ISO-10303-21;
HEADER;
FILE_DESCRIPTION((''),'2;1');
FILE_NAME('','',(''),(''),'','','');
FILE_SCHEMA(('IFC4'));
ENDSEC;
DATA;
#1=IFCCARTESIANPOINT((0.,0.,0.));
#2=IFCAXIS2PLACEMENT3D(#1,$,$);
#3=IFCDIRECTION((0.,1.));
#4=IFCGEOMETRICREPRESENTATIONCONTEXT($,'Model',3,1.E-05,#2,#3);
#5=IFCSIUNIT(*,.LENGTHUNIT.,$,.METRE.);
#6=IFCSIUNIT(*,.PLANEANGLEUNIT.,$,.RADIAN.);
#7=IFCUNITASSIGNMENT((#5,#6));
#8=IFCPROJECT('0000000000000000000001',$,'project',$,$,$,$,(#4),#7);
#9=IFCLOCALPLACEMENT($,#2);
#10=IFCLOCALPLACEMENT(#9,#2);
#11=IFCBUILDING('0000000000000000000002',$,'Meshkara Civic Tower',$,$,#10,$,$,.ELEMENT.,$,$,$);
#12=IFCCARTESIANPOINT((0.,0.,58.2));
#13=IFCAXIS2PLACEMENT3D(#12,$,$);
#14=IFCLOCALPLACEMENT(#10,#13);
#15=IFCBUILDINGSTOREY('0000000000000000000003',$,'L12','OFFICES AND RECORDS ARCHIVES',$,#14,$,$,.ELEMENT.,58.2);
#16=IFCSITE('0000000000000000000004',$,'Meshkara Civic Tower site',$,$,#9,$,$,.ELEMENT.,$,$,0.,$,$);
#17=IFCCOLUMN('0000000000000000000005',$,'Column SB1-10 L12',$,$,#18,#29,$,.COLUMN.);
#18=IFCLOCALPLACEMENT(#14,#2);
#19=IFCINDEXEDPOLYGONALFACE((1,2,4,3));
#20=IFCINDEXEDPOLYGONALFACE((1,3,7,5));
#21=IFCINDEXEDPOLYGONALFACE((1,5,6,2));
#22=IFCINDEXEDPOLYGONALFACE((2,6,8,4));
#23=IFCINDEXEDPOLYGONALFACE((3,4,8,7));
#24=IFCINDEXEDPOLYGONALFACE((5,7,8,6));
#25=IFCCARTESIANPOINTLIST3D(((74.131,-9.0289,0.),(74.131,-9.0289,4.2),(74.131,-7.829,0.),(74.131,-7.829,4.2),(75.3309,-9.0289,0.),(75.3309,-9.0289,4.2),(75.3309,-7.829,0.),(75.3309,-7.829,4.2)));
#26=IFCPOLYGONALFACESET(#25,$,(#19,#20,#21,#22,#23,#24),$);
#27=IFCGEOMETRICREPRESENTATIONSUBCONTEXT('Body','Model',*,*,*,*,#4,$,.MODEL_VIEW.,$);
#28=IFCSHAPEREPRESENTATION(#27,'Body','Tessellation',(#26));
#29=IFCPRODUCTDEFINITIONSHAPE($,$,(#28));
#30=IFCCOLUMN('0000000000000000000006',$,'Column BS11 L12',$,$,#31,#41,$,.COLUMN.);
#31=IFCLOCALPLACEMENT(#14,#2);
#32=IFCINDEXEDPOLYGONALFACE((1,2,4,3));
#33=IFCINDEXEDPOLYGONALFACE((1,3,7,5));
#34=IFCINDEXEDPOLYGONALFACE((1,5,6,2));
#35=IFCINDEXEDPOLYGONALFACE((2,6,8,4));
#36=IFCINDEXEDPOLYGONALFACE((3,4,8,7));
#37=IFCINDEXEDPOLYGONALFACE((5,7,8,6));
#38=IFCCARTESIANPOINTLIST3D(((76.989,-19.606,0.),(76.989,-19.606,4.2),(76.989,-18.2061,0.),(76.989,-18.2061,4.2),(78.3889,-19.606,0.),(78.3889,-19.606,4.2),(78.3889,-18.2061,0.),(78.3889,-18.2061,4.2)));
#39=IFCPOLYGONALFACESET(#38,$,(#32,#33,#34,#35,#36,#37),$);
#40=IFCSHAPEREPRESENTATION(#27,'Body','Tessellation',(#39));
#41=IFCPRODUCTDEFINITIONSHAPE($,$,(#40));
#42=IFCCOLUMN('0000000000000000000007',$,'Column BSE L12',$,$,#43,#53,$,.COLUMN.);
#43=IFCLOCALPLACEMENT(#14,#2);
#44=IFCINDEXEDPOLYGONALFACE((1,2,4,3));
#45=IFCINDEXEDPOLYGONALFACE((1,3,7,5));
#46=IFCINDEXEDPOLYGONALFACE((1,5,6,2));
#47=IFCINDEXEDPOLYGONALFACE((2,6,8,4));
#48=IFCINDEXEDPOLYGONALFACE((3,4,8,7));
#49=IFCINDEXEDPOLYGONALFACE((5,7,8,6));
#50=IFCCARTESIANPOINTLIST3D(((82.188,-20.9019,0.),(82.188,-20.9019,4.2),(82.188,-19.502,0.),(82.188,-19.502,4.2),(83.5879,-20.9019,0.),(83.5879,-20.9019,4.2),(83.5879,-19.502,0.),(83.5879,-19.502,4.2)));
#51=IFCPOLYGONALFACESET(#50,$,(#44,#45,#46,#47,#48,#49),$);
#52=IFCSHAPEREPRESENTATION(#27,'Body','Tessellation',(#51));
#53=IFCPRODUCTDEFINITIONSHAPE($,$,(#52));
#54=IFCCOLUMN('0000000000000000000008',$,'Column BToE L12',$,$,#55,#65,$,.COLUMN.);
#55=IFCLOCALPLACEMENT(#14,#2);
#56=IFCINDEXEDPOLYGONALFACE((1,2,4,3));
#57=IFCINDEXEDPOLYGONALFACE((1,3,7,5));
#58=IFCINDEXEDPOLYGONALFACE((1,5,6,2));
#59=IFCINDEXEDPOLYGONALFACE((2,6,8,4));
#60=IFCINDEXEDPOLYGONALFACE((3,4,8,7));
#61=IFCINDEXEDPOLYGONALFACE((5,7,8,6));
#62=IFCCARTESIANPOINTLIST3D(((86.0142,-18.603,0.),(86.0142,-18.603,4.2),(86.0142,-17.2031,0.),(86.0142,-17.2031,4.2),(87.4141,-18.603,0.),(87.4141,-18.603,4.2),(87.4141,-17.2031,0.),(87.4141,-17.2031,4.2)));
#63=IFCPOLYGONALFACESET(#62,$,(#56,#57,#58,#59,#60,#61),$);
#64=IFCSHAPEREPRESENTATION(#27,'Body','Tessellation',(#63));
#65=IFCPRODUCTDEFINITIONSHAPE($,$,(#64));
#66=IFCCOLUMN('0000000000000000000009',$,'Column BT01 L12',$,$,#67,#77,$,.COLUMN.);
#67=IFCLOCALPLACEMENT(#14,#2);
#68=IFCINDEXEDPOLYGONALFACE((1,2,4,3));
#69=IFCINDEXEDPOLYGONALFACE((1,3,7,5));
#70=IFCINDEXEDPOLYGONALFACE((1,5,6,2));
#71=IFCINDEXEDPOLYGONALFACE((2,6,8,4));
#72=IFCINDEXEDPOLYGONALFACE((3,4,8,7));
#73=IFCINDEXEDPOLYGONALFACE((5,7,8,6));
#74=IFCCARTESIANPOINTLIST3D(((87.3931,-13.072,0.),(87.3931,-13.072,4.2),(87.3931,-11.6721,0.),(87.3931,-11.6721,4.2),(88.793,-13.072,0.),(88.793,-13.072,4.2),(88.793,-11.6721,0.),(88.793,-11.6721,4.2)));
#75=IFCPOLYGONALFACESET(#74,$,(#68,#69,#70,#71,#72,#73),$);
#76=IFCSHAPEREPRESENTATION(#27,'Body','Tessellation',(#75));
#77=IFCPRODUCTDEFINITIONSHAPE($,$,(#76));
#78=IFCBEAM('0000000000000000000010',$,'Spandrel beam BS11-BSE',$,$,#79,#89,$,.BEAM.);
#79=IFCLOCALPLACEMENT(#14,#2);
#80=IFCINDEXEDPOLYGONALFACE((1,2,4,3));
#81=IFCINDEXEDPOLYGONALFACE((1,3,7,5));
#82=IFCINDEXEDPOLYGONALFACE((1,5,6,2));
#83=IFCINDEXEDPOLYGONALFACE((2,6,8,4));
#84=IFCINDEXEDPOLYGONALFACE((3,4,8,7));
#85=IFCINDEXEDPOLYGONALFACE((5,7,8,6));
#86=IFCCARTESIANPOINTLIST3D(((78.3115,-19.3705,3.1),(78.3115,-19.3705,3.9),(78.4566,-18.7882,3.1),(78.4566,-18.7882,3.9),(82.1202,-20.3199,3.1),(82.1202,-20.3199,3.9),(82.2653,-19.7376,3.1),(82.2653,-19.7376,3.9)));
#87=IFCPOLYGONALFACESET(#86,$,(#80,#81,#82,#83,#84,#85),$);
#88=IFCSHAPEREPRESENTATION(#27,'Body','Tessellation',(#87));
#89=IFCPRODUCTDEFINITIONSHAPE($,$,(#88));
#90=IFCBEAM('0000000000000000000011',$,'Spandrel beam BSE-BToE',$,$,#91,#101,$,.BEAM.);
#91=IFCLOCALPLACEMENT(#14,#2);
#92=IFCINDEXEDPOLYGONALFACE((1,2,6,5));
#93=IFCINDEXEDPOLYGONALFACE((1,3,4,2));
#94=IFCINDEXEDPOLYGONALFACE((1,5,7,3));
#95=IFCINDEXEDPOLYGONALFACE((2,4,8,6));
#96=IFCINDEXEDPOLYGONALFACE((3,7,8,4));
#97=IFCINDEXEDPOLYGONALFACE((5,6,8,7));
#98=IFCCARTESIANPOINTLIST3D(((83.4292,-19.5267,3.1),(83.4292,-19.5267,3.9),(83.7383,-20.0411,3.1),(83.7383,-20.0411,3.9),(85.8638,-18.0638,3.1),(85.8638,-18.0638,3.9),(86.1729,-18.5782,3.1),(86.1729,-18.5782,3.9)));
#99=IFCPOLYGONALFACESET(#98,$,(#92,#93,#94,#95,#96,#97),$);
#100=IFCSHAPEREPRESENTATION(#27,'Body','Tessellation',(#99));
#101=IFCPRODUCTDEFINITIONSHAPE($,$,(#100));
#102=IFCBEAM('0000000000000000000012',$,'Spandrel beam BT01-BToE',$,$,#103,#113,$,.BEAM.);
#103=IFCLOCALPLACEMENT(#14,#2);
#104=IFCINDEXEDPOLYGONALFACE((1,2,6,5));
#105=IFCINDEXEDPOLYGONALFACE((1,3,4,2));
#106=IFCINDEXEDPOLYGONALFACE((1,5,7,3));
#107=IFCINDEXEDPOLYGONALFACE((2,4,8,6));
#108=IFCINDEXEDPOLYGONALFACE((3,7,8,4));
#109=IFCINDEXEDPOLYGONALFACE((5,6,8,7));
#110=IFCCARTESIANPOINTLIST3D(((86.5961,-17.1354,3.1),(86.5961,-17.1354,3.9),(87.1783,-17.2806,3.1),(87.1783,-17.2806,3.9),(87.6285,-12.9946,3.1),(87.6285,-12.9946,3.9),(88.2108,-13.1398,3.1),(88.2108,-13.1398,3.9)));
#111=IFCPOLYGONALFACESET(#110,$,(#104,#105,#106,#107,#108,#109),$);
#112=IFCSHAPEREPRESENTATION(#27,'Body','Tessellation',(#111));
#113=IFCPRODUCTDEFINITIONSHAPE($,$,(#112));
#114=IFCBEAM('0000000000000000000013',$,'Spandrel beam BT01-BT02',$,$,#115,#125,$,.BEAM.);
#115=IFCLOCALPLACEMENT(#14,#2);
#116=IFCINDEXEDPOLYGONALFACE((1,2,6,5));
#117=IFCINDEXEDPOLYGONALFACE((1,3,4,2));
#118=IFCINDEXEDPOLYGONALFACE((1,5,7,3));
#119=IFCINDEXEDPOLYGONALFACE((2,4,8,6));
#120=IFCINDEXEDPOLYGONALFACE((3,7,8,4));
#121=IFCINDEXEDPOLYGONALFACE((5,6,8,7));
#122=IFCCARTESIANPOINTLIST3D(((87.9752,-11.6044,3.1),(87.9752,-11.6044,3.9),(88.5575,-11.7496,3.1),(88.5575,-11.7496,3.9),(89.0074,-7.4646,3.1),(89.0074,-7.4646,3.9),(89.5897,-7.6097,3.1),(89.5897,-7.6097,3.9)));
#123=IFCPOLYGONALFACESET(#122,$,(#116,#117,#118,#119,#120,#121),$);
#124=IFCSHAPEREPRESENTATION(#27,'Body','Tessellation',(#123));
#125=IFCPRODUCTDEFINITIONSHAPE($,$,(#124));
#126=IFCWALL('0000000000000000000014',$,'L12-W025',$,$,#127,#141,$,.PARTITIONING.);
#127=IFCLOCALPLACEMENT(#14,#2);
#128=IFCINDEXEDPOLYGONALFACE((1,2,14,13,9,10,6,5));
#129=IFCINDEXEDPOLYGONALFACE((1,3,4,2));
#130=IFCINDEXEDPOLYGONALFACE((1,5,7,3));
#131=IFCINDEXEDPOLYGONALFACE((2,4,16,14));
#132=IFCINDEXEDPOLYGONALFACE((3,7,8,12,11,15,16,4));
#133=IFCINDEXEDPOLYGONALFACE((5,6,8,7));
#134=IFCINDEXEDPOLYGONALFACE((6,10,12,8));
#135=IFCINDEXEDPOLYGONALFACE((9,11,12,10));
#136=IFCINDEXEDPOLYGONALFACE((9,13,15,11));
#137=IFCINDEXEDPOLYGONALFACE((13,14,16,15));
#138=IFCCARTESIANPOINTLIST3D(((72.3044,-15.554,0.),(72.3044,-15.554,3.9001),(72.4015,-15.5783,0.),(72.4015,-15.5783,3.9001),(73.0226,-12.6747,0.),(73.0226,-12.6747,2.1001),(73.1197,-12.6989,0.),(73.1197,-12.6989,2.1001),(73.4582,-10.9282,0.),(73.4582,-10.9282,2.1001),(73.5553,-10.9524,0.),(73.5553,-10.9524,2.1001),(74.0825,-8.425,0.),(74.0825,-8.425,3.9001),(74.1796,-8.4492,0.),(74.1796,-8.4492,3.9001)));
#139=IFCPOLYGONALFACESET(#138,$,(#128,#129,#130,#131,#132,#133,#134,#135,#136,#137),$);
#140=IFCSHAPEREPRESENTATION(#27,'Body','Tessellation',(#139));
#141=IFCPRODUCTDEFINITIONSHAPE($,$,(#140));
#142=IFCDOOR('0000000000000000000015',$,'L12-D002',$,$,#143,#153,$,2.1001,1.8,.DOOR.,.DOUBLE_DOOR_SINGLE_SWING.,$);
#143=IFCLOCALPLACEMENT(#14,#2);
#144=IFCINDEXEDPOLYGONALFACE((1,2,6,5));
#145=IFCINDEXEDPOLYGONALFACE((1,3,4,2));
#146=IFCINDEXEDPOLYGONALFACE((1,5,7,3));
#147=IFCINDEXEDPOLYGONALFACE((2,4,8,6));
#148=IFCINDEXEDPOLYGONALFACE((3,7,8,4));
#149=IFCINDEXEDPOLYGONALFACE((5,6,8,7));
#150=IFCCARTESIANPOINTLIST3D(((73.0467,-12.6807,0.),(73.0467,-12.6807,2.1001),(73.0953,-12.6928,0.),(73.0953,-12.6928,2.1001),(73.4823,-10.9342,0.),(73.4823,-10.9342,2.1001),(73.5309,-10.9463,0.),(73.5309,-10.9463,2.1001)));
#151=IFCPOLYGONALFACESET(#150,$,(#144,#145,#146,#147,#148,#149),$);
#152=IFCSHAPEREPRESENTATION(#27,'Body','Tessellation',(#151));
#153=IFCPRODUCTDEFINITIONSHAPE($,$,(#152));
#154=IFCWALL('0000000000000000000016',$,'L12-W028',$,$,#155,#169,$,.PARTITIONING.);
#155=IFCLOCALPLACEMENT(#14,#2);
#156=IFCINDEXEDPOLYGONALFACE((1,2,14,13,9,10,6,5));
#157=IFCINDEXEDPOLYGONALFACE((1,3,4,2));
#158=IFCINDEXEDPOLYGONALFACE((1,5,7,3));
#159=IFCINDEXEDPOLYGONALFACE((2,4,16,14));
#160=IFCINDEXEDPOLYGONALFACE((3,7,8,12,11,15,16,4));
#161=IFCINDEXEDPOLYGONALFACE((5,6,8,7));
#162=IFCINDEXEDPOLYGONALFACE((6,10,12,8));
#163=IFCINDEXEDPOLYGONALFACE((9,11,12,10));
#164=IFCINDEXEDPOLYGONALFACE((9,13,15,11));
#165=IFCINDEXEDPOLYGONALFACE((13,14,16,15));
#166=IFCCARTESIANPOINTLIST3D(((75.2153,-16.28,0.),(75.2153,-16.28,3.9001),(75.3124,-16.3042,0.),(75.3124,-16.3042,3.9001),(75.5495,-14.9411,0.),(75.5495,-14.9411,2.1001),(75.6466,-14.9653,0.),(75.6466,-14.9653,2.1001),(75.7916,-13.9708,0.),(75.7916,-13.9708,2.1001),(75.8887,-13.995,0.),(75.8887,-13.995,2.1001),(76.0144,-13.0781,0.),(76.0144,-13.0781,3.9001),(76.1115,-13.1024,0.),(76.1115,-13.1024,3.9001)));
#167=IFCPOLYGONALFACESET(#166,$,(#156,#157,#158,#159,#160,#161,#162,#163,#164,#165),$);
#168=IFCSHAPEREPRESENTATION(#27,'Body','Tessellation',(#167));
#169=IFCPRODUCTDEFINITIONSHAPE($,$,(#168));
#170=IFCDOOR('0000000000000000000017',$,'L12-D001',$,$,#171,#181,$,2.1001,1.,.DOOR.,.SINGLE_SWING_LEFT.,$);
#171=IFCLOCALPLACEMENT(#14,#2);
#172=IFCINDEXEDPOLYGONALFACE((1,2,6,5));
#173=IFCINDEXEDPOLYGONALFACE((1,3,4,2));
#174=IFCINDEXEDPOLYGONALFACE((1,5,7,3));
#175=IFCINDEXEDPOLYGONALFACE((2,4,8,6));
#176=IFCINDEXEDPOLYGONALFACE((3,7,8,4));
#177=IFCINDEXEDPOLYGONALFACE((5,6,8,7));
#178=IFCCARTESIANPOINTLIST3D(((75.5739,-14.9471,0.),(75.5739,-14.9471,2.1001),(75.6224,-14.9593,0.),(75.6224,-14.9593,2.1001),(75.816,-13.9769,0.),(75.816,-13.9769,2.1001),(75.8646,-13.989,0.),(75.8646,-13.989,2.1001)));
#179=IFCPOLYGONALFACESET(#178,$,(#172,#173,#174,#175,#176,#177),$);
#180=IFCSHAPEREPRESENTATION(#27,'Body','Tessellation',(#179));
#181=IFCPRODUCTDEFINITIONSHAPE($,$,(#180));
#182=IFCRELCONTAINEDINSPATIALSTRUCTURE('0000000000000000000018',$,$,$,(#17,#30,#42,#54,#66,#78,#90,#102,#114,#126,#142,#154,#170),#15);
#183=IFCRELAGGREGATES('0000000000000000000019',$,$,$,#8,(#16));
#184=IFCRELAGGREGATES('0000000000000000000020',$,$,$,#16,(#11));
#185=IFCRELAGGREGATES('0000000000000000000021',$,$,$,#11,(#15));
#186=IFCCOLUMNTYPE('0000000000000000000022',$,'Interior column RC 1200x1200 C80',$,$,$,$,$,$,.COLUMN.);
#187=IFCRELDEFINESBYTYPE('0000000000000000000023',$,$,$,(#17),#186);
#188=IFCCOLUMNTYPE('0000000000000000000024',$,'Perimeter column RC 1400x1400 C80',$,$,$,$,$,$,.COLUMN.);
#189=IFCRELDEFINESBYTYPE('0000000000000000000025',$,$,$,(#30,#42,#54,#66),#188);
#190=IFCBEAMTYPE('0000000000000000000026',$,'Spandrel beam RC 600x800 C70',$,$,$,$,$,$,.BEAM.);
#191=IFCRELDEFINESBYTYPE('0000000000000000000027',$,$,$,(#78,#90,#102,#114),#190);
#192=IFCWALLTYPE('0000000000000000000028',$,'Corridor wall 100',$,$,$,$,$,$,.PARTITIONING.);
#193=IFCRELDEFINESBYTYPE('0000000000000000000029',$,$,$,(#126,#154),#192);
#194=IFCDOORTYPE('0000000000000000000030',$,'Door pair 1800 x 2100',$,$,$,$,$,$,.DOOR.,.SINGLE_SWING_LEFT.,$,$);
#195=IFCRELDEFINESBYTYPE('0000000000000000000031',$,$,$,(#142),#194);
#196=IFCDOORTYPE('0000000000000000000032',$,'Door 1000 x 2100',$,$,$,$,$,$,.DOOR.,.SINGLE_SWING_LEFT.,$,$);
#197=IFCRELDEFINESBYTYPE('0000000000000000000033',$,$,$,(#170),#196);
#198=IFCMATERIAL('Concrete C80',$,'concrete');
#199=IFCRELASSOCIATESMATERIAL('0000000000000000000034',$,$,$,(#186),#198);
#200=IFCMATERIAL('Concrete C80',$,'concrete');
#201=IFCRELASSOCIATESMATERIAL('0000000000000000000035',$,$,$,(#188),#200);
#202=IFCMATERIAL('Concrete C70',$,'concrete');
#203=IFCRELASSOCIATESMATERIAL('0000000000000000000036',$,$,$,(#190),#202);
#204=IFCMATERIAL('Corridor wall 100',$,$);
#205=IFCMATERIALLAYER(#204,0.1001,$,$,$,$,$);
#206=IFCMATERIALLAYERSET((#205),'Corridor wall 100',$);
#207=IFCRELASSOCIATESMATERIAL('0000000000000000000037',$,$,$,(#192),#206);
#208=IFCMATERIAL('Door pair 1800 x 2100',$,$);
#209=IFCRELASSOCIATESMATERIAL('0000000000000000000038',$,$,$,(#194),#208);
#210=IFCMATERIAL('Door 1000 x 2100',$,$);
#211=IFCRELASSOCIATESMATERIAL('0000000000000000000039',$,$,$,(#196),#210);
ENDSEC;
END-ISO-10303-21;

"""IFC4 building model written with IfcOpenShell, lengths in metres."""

from ifc_helpers import new_model, si_unit, direction, frame, frame_2d, origin, origin_2d, place, context, subcontext, project, spatial, rectangle, extrude, material, layer, layer_set, material_profile, profile_set, type_object, element, fill, save


model = new_model("IFC4")

# Units and contexts
model_context = context("Model", 3, precision=1e-05, world=origin(), true_north=direction((0.0, 1.0)))
body_context = subcontext(model_context, "Body", "Model", "MODEL_VIEW")
ifc_project = project(units=[si_unit("LENGTHUNIT", "METRE"), si_unit("PLANEANGLEUNIT", "RADIAN")], contexts=[model_context])

# Site, building, storey
site_placement = place(None, origin())
site = spatial("IfcSite", under=ifc_project, at=site_placement, Name="Meshkara Civic Tower site", CompositionType="ELEMENT", RefElevation=0.0)
building_placement = place(site_placement, origin())
building = spatial("IfcBuilding", under=site, at=building_placement, Name="Meshkara Civic Tower", CompositionType="ELEMENT")
storey_placement = place(building_placement, frame((0.0, 0.0, 58.2)))
storey = spatial("IfcBuildingStorey", under=building, at=storey_placement, Name="L12", Description="OFFICES AND RECORDS ARCHIVES", CompositionType="ELEMENT", Elevation=58.2)

# Columns
ifc_material_1 = material(Name="Concrete C80", Category="concrete")
ifc_material_profile_1 = material_profile(ifc_material_1, rectangle(XDim=1.2, YDim=1.2, at=origin_2d()))
ifc_profile_set_1 = profile_set([ifc_material_profile_1], Name="Concrete C80")
column_type_1 = type_object("IfcColumnType", Name="Interior column RC 1200x1200 C80", PredefinedType="COLUMN", material=ifc_profile_set_1)
column_placement = place(storey_placement, frame((74.731, -8.429, 0.0), z_axis=(0.0, 0.0, 1.0), x_axis=(1.0, 0.0, 0.0)))
element("IfcColumn", 1, at=column_placement, inside=storey, type_object=column_type_1, Name="Column SB1-10 L12", PredefinedType="COLUMN", context=body_context, shape_type="SweptSolid", body=[
    extrude(rectangle(XDim=1.2, YDim=1.2, at=origin_2d()), origin(), (0.0, 0.0, 1.0), 4.2),
])
ifc_material_2 = material(Name="Concrete C80", Category="concrete")
ifc_material_profile_2 = material_profile(ifc_material_2, rectangle(XDim=1.3999, YDim=1.3999, at=origin_2d()))
ifc_profile_set_2 = profile_set([ifc_material_profile_2], Name="Concrete C80")
column_type_2 = type_object("IfcColumnType", Name="Perimeter column RC 1400x1400 C80", PredefinedType="COLUMN", material=ifc_profile_set_2)
for number, where, z_axis, x_axis, name in (
    (2, (77.689, -18.906, 0.0), (0.0, 0.0, 1.0), (1.0, 0.0, 0.0), "Column BS11 L12"),
    (3, (82.8879, -20.2019, 0.0), (0.0, 0.0, 1.0), (1.0, 0.0, 0.0), "Column BSE L12"),
    (4, (86.7141, -17.9031, 0.0), (0.0, 0.0, 1.0), (1.0, 0.0, 0.0), "Column BToE L12"),
    (5, (88.093, -12.3721, 0.0), (0.0, 0.0, 1.0), (1.0, 0.0, 0.0), "Column BT01 L12"),
):
    element("IfcColumn", number, at=place(storey_placement, frame(where, z_axis=z_axis, x_axis=x_axis)), inside=storey, type_object=column_type_2, Name=name, PredefinedType="COLUMN", context=body_context, shape_type="SweptSolid", body=[
        extrude(rectangle(XDim=1.3999, YDim=1.3999, at=origin_2d()), origin(), (0.0, 0.0, 1.0), 4.2),
    ])

# Beams
ifc_material_3 = material(Name="Concrete C70", Category="concrete")
ifc_material_profile_3 = material_profile(ifc_material_3, rectangle(XDim=0.6001, YDim=0.8, at=origin_2d()))
ifc_profile_set_3 = profile_set([ifc_material_profile_3], Name="Concrete C70")
beam_type = type_object("IfcBeamType", Name="Spandrel beam RC 600x800 C70", PredefinedType="BEAM", material=ifc_profile_set_3)
beam_1_placement = place(storey_placement, frame((78.384, -19.0793, 3.5), z_axis=(0.970307, -0.241877, 0.0), x_axis=(0.241877, 0.970307, 0.0)))
element("IfcBeam", 6, at=beam_1_placement, inside=storey, type_object=beam_type, Name="Spandrel beam BS11-BSE", PredefinedType="BEAM", context=body_context, shape_type="SweptSolid", body=[
    extrude(rectangle(XDim=0.6001, YDim=0.8, at=origin_2d()), origin(), (0.0, 0.0, 1.0), 3.9253),
])
beam_2_placement = place(storey_placement, frame((83.5837, -19.7839, 3.5), z_axis=(0.857159, 0.515052, 0.0), x_axis=(-0.515052, 0.857159, 0.0)))
element("IfcBeam", 7, at=beam_2_placement, inside=storey, type_object=beam_type, Name="Spandrel beam BSE-BToE", PredefinedType="BEAM", context=body_context, shape_type="SweptSolid", body=[
    extrude(rectangle(XDim=0.6001, YDim=0.8, at=origin_2d()), origin(), (0.0, 0.0, 1.0), 2.8403),
])
beam_3_placement = place(storey_placement, frame((86.8872, -17.208, 3.5), z_axis=(0.24193, 0.970294, 0.0), x_axis=(-0.970294, 0.24193, 0.0)))
element("IfcBeam", 8, at=beam_3_placement, inside=storey, type_object=beam_type, Name="Spandrel beam BT01-BToE", PredefinedType="BEAM", context=body_context, shape_type="SweptSolid", body=[
    extrude(rectangle(XDim=0.6001, YDim=0.8, at=origin_2d()), origin(), (0.0, 0.0, 1.0), 4.2676),
])
beam_4_placement = place(storey_placement, frame((88.2664, -11.677, 3.5), z_axis=(0.24193, 0.970294, 0.0), x_axis=(-0.970294, 0.24193, 0.0)))
element("IfcBeam", 9, at=beam_4_placement, inside=storey, type_object=beam_type, Name="Spandrel beam BT01-BT02", PredefinedType="BEAM", context=body_context, shape_type="SweptSolid", body=[
    extrude(rectangle(XDim=0.6001, YDim=0.8, at=origin_2d()), origin(), (0.0, 0.0, 1.0), 4.2666),
])

# Walls, openings, doors
ifc_material_4 = material(Name="Corridor wall 100")
ifc_layer_1 = layer(ifc_material_4, 0.1001)
ifc_layer_set_1 = layer_set([ifc_layer_1], Name="Corridor wall 100")
wall_type_1 = type_object("IfcWallType", Name="Corridor wall 100", PredefinedType="PARTITIONING", material=ifc_layer_set_1)
wall_1_placement = place(storey_placement, frame((74.1311, -8.437, 0.0), z_axis=(0.0, 0.0, 1.0), x_axis=(-0.242004, -0.970275, 0.0)))
wall_1 = element("IfcWall", 10, at=wall_1_placement, inside=storey, type_object=wall_type_1, Name="L12-W025", PredefinedType="PARTITIONING", context=body_context, shape_type="SweptSolid", body=[
    extrude(rectangle(XDim=7.3474, YDim=0.1001, at=frame_2d((3.6738, 0.0))), origin(), (0.0, 0.0, 1.0), 3.9001),
])
opening_1_placement = place(wall_1_placement, frame((2.5801, 0.0, 0.0)))
opening_1 = element("IfcOpeningElement", 11, at=opening_1_placement, cuts=wall_1, PredefinedType="OPENING", context=body_context, shape_type="SweptSolid", body=[
    extrude(rectangle(XDim=1.8, YDim=2.1001, at=frame_2d((0.8999, 1.05))), frame((0.0, 0.0601, 0.0), z_axis=(0.0, -1.0, 0.0), x_axis=(1.0, 0.0, 0.0)), (0.0, 0.0, 1.0), 0.1201),
])
ifc_material_5 = material(Name="Door pair 1800 x 2100")
door_type_1 = type_object("IfcDoorType", Name="Door pair 1800 x 2100", OperationType="SINGLE_SWING_LEFT", PredefinedType="DOOR", material=ifc_material_5)
door_1_placement = place(opening_1_placement, origin())
door_1 = element("IfcDoor", 12, at=door_1_placement, inside=storey, type_object=door_type_1, Name="L12-D002", OperationType="DOUBLE_DOOR_SINGLE_SWING", OverallHeight=2.1001, OverallWidth=1.8, PredefinedType="DOOR", context=body_context, shape_type="SweptSolid", body=[
    extrude(rectangle(XDim=1.8, YDim=2.1001, at=frame_2d((0.8999, 1.05))), frame((0.0, 0.0249, 0.0), z_axis=(0.0, -1.0, 0.0), x_axis=(1.0, 0.0, 0.0)), (0.0, 0.0, 1.0), 0.05),
])
fill(opening_1, door_1)
wall_2_placement = place(storey_placement, frame((75.2639, -16.292, 0.0), z_axis=(0.0, 0.0, 1.0), x_axis=(0.242135, 0.970243, 0.0)))
wall_2 = element("IfcWall", 13, at=wall_2_placement, inside=storey, type_object=wall_type_1, Name="L12-W028", PredefinedType="PARTITIONING", context=body_context, shape_type="SweptSolid", body=[
    extrude(rectangle(XDim=3.3, YDim=0.1001, at=frame_2d((1.6499, 0.0))), origin(), (0.0, 0.0, 1.0), 3.9001),
])
opening_2_placement = place(wall_2_placement, frame((1.3799, 0.0, 0.0)))
opening_2 = element("IfcOpeningElement", 14, at=opening_2_placement, cuts=wall_2, PredefinedType="OPENING", context=body_context, shape_type="SweptSolid", body=[
    extrude(rectangle(XDim=1.0, YDim=2.1001, at=frame_2d((0.5, 1.05))), frame((0.0, 0.0601, 0.0), z_axis=(0.0, -1.0, 0.0), x_axis=(1.0, 0.0, 0.0)), (0.0, 0.0, 1.0), 0.1201),
])
ifc_material_6 = material(Name="Door 1000 x 2100")
door_type_2 = type_object("IfcDoorType", Name="Door 1000 x 2100", OperationType="SINGLE_SWING_LEFT", PredefinedType="DOOR", material=ifc_material_6)
door_2_placement = place(opening_2_placement, origin())
door_2 = element("IfcDoor", 15, at=door_2_placement, inside=storey, type_object=door_type_2, Name="L12-D001", OperationType="SINGLE_SWING_LEFT", OverallHeight=2.1001, OverallWidth=1.0, PredefinedType="DOOR", context=body_context, shape_type="SweptSolid", body=[
    extrude(rectangle(XDim=1.0, YDim=2.1001, at=frame_2d((0.5, 1.05))), frame((0.0, 0.0249, 0.0), z_axis=(0.0, -1.0, 0.0), x_axis=(1.0, 0.0, 0.0)), (0.0, 0.0, 1.0), 0.05),
])
fill(opening_2, door_2)

save(model, "model.ifc")
